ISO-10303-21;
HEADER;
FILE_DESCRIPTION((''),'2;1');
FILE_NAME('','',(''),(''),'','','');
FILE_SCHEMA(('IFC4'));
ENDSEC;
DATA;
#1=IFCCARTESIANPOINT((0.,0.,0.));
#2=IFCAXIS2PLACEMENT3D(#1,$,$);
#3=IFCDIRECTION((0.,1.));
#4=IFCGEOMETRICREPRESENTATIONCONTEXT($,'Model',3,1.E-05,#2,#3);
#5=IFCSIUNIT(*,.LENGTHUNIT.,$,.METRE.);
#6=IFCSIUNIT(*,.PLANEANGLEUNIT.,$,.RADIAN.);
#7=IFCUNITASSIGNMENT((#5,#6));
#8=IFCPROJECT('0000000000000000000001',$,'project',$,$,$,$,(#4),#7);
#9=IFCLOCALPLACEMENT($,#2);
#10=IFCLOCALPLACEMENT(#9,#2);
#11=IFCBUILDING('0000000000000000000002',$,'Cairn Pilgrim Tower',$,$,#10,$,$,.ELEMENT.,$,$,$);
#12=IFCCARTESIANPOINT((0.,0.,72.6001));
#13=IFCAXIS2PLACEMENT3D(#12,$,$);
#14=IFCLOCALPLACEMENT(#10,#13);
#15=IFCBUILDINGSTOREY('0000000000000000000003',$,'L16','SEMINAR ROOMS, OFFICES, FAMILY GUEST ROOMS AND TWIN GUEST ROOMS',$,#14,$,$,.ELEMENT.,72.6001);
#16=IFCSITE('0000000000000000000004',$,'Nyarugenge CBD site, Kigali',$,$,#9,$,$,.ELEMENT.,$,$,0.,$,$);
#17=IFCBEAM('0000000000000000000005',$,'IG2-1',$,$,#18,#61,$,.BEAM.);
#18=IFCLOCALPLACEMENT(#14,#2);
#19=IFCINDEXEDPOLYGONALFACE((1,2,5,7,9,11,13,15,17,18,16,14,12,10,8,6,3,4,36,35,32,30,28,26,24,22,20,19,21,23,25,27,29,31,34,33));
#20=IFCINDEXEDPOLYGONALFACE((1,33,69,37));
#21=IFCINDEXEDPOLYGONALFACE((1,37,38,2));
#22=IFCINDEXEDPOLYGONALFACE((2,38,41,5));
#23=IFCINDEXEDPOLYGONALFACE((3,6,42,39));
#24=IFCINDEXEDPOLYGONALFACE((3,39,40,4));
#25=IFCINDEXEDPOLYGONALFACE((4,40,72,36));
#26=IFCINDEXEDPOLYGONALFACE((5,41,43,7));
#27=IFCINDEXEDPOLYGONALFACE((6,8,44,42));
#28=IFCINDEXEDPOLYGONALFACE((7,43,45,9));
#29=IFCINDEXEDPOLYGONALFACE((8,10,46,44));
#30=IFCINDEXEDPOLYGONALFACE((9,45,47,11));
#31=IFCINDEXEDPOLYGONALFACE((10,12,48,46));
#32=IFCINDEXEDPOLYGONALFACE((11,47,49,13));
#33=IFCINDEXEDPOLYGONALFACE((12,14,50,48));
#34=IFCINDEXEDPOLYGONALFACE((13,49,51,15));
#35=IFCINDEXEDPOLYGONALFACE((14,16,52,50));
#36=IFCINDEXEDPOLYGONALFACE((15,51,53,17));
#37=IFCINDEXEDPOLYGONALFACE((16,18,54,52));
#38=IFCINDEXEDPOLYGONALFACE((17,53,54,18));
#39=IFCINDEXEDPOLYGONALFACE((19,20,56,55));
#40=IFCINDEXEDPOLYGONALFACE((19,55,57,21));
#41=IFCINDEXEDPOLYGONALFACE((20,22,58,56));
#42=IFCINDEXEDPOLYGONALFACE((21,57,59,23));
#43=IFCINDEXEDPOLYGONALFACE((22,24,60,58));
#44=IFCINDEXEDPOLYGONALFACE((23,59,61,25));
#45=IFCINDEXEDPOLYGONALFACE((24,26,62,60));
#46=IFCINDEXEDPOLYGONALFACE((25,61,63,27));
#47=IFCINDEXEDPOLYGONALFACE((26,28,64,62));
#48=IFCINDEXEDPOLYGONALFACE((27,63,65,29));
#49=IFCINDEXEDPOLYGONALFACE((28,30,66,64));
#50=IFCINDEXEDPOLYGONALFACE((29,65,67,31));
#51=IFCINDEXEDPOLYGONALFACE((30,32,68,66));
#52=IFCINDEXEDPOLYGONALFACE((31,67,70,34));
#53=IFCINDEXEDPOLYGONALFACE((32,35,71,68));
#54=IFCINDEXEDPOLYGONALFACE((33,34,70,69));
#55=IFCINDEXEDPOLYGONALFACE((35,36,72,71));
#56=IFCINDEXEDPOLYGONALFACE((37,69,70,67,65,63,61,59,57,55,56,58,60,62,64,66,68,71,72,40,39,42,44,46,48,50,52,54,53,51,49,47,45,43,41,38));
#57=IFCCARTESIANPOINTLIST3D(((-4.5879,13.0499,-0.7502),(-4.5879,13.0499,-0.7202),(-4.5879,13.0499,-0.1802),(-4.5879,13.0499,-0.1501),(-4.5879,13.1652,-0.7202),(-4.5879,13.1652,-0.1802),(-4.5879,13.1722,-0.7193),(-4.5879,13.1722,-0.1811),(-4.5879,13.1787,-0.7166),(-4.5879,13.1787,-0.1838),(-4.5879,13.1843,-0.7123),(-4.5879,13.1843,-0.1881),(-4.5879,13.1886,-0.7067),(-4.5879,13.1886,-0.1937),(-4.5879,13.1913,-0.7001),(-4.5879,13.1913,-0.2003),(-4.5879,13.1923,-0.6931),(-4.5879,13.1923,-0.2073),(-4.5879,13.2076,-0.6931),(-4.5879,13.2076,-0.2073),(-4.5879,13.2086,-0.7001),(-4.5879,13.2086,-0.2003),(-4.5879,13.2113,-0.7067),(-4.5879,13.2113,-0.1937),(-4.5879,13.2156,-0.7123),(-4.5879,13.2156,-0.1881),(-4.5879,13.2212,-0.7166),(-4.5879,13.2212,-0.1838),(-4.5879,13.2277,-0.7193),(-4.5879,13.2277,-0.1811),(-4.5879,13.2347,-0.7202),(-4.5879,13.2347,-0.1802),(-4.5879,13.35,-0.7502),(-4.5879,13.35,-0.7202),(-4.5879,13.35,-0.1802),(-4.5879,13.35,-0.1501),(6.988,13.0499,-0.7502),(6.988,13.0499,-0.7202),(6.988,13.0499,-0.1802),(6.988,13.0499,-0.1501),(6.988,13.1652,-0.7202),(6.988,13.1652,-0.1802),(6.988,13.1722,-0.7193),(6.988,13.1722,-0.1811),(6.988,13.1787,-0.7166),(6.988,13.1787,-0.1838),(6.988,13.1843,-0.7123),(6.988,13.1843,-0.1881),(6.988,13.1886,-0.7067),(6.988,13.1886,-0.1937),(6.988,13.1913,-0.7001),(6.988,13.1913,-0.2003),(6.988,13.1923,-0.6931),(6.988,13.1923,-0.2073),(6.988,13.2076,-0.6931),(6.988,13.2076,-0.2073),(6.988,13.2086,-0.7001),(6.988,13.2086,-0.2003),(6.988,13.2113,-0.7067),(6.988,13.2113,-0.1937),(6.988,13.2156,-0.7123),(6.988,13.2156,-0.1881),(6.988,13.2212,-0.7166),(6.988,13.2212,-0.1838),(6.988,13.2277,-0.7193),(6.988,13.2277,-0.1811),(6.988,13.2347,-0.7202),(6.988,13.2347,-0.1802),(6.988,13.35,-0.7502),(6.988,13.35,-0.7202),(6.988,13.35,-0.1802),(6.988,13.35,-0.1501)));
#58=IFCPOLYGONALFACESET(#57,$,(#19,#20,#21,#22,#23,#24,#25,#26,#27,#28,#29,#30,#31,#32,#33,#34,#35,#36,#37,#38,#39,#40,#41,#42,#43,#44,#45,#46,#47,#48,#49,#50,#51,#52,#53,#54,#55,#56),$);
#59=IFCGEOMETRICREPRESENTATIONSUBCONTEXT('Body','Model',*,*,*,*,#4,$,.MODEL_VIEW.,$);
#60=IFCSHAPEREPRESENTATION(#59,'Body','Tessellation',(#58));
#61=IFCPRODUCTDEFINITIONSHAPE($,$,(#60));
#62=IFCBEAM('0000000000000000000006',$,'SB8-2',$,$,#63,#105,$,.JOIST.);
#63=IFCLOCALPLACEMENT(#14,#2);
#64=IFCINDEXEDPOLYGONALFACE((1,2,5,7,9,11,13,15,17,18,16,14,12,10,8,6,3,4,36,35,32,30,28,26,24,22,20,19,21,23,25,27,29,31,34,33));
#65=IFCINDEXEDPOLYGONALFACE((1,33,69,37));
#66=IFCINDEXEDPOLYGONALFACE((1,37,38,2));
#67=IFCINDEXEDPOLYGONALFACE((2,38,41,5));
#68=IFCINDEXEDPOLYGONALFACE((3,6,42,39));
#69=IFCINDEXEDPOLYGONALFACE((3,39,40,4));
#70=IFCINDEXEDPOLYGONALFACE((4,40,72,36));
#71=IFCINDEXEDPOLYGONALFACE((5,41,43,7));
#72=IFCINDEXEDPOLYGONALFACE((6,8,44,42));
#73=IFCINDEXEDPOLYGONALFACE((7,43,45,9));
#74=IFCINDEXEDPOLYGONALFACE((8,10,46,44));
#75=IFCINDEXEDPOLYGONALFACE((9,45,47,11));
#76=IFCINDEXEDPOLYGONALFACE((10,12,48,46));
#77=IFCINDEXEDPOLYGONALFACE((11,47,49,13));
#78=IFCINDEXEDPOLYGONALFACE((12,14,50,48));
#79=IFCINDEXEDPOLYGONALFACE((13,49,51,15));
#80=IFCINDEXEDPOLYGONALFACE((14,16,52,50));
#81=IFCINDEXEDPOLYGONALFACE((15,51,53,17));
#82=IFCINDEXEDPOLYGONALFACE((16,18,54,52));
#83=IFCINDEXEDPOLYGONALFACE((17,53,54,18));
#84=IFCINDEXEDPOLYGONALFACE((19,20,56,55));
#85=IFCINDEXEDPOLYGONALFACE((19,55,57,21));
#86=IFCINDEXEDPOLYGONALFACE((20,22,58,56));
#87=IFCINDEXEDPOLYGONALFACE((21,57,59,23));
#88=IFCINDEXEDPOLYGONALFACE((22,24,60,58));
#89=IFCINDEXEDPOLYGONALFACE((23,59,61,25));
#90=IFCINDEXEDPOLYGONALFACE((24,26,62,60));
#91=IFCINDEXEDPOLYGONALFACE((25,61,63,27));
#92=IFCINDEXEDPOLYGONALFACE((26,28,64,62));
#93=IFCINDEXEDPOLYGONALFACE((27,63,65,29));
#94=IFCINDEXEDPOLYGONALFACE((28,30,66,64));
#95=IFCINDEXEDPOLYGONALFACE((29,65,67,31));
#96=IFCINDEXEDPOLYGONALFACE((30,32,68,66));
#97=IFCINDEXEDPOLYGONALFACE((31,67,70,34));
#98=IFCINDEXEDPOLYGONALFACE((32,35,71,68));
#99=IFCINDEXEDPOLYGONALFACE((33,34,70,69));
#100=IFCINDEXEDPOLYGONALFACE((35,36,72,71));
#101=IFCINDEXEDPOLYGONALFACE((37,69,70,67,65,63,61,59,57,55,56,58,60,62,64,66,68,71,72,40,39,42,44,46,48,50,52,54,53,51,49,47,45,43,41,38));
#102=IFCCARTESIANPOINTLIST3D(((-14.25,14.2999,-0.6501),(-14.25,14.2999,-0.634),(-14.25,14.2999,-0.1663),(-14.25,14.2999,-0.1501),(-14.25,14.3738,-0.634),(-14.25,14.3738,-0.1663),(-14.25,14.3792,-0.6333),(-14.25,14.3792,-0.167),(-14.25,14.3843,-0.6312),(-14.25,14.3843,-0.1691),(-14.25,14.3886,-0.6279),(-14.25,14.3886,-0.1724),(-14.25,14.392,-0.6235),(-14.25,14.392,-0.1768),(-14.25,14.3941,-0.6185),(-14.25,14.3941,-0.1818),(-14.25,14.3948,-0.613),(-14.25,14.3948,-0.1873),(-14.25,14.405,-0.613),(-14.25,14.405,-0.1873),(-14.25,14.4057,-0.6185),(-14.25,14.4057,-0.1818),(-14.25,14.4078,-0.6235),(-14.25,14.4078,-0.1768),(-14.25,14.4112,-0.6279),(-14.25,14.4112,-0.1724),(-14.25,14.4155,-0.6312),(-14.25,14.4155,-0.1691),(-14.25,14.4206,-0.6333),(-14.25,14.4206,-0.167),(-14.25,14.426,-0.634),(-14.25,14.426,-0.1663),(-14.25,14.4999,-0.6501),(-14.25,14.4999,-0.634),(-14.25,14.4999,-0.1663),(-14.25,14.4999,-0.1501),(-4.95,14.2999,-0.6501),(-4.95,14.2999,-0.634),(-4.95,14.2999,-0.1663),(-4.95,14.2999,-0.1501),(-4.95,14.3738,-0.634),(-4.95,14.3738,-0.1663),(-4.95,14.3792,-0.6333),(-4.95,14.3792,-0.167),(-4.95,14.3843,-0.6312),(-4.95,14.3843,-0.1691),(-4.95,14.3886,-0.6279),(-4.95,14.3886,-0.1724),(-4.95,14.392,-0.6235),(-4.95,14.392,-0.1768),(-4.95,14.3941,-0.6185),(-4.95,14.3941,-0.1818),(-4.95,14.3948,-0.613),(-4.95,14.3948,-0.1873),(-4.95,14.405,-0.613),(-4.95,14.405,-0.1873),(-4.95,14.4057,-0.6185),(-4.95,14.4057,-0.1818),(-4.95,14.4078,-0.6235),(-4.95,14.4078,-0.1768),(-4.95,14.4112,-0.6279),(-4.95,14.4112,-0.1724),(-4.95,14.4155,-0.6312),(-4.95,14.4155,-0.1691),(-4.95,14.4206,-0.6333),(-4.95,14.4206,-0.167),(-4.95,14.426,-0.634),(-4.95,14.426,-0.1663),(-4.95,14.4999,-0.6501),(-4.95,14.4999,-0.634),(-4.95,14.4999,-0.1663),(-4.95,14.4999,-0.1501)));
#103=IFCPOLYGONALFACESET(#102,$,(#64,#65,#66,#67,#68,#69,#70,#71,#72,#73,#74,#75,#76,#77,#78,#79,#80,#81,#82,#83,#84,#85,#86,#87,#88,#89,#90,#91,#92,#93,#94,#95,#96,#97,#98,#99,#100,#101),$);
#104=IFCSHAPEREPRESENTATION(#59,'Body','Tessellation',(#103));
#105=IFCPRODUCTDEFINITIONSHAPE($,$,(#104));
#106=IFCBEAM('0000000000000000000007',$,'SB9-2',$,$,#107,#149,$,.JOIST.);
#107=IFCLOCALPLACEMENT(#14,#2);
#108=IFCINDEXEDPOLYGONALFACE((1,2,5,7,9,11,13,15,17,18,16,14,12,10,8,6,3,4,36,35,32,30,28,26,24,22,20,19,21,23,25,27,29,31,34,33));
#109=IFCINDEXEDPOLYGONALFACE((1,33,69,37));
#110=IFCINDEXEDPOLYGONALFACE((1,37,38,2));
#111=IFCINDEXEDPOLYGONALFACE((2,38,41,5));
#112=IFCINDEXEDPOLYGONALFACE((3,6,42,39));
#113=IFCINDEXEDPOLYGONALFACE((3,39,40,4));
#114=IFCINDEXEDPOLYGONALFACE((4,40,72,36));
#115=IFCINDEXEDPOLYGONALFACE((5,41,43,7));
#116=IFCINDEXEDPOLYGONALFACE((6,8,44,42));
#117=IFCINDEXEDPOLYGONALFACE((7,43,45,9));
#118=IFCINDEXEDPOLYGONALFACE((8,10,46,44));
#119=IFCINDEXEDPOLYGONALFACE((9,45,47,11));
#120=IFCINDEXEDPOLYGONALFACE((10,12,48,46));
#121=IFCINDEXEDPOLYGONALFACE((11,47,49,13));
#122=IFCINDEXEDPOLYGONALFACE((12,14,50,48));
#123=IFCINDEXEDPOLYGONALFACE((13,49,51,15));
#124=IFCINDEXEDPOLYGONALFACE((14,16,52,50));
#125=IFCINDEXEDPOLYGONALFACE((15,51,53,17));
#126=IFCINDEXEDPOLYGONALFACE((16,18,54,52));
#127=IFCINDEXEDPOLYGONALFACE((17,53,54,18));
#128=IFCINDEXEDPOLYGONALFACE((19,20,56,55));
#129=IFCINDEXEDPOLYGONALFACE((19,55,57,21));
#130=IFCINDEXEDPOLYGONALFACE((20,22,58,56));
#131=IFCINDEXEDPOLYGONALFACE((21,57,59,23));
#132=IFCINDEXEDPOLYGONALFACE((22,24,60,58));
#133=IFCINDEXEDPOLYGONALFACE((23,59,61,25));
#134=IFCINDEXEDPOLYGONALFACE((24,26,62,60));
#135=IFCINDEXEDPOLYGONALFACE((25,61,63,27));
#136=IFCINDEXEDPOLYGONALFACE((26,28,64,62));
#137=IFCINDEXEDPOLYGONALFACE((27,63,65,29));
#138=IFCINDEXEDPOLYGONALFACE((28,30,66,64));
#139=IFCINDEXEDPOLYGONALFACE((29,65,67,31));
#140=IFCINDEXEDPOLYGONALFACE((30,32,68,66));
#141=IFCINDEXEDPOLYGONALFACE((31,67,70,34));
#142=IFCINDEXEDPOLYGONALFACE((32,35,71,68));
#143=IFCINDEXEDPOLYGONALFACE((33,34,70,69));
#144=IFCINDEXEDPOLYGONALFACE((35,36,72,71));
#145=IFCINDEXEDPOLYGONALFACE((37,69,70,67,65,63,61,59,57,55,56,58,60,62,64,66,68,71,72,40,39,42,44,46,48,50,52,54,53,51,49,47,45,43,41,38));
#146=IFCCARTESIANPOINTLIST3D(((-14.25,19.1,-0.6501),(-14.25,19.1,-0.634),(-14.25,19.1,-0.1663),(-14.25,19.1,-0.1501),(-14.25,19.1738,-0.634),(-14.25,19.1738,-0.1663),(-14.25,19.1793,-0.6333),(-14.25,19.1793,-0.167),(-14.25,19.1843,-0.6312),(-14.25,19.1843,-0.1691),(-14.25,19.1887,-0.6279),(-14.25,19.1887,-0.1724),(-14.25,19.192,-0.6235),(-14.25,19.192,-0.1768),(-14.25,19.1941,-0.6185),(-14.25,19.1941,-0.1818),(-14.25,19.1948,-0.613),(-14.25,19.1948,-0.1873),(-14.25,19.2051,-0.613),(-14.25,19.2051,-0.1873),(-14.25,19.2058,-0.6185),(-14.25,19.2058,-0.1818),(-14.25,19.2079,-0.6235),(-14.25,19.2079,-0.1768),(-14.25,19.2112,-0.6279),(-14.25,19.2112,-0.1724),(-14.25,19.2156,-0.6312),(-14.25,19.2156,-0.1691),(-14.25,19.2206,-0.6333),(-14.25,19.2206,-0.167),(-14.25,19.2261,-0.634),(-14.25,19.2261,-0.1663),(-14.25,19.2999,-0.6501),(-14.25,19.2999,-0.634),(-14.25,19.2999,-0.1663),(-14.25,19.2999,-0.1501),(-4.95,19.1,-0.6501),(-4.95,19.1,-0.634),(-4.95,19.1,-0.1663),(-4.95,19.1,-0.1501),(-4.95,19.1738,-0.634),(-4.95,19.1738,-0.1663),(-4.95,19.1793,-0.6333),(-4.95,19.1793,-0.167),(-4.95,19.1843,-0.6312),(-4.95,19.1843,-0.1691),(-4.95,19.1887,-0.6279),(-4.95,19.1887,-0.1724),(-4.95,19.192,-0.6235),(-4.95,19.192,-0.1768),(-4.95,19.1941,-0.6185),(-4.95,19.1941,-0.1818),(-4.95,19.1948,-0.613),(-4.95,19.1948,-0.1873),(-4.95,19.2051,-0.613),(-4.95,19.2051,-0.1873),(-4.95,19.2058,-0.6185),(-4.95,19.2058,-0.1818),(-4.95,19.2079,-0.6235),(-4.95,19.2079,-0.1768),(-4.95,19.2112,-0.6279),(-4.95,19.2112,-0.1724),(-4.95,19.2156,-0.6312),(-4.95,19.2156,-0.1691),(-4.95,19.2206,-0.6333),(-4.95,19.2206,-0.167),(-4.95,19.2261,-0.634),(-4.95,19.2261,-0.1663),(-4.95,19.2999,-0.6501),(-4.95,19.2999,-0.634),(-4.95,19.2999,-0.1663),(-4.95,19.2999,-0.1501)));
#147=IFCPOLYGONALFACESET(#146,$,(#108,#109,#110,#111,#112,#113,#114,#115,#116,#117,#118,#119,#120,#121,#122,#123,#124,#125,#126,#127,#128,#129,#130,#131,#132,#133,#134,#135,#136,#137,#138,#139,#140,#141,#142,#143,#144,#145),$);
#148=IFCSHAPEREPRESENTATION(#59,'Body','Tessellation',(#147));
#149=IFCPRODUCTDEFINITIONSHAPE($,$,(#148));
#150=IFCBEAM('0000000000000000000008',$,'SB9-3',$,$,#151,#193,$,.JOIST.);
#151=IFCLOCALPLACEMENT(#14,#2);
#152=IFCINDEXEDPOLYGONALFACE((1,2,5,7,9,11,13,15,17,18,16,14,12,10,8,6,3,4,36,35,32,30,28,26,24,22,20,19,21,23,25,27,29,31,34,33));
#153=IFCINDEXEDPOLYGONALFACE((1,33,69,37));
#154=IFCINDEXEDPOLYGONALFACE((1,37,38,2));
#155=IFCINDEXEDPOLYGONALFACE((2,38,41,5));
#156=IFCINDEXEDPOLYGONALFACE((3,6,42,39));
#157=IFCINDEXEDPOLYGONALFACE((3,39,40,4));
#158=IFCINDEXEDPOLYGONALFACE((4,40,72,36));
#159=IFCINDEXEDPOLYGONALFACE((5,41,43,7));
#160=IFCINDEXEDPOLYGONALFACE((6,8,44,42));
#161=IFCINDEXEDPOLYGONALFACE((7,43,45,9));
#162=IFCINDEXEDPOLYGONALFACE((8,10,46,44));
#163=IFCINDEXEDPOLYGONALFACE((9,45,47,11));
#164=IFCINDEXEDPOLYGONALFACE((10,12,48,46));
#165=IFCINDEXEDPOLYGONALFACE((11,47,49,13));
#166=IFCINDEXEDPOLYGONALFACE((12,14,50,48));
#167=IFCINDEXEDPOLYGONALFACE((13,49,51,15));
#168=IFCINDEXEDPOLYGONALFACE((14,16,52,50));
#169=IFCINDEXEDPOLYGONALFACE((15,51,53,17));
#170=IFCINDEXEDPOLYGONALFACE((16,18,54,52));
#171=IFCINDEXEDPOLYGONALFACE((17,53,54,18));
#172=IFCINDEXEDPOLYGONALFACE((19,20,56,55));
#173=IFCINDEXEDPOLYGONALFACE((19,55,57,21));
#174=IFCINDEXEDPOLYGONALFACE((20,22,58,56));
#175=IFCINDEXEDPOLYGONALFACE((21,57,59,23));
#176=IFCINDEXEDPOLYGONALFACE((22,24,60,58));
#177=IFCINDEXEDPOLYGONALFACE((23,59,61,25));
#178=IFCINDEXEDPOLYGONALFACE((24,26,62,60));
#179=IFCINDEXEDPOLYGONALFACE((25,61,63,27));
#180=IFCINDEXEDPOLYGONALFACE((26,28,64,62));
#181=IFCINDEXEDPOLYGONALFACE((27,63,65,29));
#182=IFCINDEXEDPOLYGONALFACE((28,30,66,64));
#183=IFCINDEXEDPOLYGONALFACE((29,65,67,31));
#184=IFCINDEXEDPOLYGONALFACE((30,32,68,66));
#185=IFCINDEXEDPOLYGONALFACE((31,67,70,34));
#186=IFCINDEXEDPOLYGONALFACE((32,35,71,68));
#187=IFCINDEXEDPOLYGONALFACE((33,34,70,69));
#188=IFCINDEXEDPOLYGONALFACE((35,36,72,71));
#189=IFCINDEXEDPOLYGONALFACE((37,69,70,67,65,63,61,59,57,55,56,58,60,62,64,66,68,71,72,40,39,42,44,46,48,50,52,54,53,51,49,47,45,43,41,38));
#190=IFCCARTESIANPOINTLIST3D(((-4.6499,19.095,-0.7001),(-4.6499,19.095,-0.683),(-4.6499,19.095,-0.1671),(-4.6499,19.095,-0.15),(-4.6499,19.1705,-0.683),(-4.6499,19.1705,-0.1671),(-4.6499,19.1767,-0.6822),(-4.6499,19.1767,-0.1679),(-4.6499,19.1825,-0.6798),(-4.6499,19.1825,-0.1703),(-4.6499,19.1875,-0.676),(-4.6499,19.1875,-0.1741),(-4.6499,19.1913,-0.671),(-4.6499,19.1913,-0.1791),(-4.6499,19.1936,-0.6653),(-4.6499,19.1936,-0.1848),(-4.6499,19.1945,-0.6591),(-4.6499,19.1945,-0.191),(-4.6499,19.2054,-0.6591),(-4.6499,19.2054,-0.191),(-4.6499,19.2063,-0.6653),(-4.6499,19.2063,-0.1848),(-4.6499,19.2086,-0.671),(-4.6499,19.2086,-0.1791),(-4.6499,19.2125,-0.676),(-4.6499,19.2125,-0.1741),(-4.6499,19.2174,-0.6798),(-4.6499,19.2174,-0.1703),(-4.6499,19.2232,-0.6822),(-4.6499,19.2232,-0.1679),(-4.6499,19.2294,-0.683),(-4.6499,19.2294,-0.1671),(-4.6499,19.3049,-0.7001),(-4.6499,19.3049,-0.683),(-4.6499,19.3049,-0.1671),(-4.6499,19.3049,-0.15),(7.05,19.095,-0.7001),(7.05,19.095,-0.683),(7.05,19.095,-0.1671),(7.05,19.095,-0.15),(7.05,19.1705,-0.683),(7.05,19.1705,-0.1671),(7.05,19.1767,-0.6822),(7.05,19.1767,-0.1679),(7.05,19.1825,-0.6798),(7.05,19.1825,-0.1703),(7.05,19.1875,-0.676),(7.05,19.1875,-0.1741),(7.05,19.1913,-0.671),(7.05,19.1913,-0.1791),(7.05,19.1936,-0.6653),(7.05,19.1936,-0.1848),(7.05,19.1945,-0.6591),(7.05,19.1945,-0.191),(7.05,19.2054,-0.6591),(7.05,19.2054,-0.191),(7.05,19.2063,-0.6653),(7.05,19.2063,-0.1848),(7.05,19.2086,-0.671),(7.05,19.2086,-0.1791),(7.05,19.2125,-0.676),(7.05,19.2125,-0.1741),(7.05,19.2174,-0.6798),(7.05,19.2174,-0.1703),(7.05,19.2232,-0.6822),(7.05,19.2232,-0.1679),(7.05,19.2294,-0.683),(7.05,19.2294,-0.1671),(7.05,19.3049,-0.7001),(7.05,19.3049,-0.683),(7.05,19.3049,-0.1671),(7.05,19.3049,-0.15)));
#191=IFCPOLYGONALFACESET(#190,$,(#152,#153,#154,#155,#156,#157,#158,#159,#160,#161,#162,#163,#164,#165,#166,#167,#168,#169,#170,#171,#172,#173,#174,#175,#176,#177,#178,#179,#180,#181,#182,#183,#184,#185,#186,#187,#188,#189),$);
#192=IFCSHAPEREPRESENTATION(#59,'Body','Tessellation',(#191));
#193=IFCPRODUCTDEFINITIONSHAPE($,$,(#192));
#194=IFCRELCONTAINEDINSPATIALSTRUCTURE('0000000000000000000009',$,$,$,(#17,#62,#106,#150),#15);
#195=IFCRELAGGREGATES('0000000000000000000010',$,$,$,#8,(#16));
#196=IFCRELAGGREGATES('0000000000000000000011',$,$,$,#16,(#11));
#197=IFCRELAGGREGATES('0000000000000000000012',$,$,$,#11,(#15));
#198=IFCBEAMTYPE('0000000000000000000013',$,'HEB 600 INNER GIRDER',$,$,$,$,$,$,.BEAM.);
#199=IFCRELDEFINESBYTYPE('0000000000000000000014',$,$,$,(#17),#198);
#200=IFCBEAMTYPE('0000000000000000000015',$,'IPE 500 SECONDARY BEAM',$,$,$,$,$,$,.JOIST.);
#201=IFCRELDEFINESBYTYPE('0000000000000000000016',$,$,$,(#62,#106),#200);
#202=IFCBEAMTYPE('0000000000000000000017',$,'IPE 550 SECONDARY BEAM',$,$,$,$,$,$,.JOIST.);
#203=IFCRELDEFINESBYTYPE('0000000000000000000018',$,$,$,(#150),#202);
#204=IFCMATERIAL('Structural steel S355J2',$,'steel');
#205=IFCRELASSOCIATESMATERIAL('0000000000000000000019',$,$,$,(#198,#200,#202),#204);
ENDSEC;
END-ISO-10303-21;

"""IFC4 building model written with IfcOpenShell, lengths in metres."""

from ifc_helpers import new_model, si_unit, direction, frame, origin, origin_2d, place, context, subcontext, project, spatial, i_section, extrude, material, material_profile, profile_set, type_object, element, save


model = new_model("IFC4")

# Units and contexts
model_context = context("Model", 3, precision=1e-05, world=origin(), true_north=direction((0.0, 1.0)))
body_context = subcontext(model_context, "Body", "Model", "MODEL_VIEW")
ifc_project = project(units=[si_unit("LENGTHUNIT", "METRE"), si_unit("PLANEANGLEUNIT", "RADIAN")], contexts=[model_context])

# Site, building, storey
site_placement = place(None, origin())
site = spatial("IfcSite", under=ifc_project, at=site_placement, Name="Nyarugenge CBD site, Kigali", CompositionType="ELEMENT", RefElevation=0.0)
building_placement = place(site_placement, origin())
building = spatial("IfcBuilding", under=site, at=building_placement, Name="Cairn Pilgrim Tower", CompositionType="ELEMENT")
storey_placement = place(building_placement, frame((0.0, 0.0, 72.6001)))
storey = spatial("IfcBuildingStorey", under=building, at=storey_placement, Name="L16", Description="SEMINAR ROOMS, OFFICES, FAMILY GUEST ROOMS AND TWIN GUEST ROOMS", CompositionType="ELEMENT", Elevation=72.6001)

# Beams
ifc_material_1 = material(Name="Structural steel S355J2", Category="steel")
ifc_material_profile_1 = material_profile(ifc_material_1, i_section(OverallWidth=0.3, OverallDepth=0.6001, WebThickness=0.0154, FlangeThickness=0.03, FilletRadius=0.0271, at=origin_2d()), Name="HEB 600")
ifc_profile_set_1 = profile_set([ifc_material_profile_1], Name="Structural steel S355J2")
beam_type_1 = type_object("IfcBeamType", Name="HEB 600 INNER GIRDER", PredefinedType="BEAM", material=ifc_profile_set_1)
beam_1_placement = place(storey_placement, frame((-4.5879, 13.2, -0.4502), z_axis=(1.0, 0.0, 0.0), x_axis=(0.0, 1.0, 0.0)))
element("IfcBeam", 1, at=beam_1_placement, inside=storey, type_object=beam_type_1, Name="IG2-1", PredefinedType="BEAM", context=body_context, shape_type="SweptSolid", body=[
    extrude(i_section(OverallWidth=0.3, OverallDepth=0.6001, WebThickness=0.0154, FlangeThickness=0.03, FilletRadius=0.0271, at=origin_2d()), origin(), (0.0, 0.0, 1.0), 11.5759),
])
ifc_material_profile_2 = material_profile(ifc_material_1, i_section(OverallWidth=0.2, OverallDepth=0.5, WebThickness=0.0103, FlangeThickness=0.0161, FilletRadius=0.021, at=origin_2d()), Name="IPE 500")
ifc_profile_set_2 = profile_set([ifc_material_profile_2], Name="Structural steel S355J2")
beam_type_2 = type_object("IfcBeamType", Name="IPE 500 SECONDARY BEAM", PredefinedType="JOIST", material=ifc_profile_set_2)
for number, where, z_axis, x_axis, name in (
    (2, (-14.25, 14.3999, -0.4001), (1.0, 0.0, 0.0), (0.0, 1.0, 0.0), "SB8-2"),
    (3, (-14.25, 19.2, -0.4001), (1.0, 0.0, 0.0), (0.0, 1.0, 0.0), "SB9-2"),
):
    element("IfcBeam", number, at=place(storey_placement, frame(where, z_axis=z_axis, x_axis=x_axis)), inside=storey, type_object=beam_type_2, Name=name, PredefinedType="JOIST", context=body_context, shape_type="SweptSolid", body=[
        extrude(i_section(OverallWidth=0.2, OverallDepth=0.5, WebThickness=0.0103, FlangeThickness=0.0161, FilletRadius=0.021, at=origin_2d()), origin(), (0.0, 0.0, 1.0), 9.3),
    ])
ifc_material_profile_3 = material_profile(ifc_material_1, i_section(OverallWidth=0.21, OverallDepth=0.55, WebThickness=0.011, FlangeThickness=0.0171, FilletRadius=0.0239, at=origin_2d()), Name="IPE 550")
ifc_profile_set_3 = profile_set([ifc_material_profile_3], Name="Structural steel S355J2")
beam_type_3 = type_object("IfcBeamType", Name="IPE 550 SECONDARY BEAM", PredefinedType="JOIST", material=ifc_profile_set_3)
beam_2_placement = place(storey_placement, frame((-4.6499, 19.2, -0.425), z_axis=(1.0, 0.0, 0.0), x_axis=(0.0, 1.0, 0.0)))
element("IfcBeam", 4, at=beam_2_placement, inside=storey, type_object=beam_type_3, Name="SB9-3", PredefinedType="JOIST", context=body_context, shape_type="SweptSolid", body=[
    extrude(i_section(OverallWidth=0.21, OverallDepth=0.55, WebThickness=0.011, FlangeThickness=0.0171, FilletRadius=0.0239, at=origin_2d()), origin(), (0.0, 0.0, 1.0), 11.7),
])

save(model, "model.ifc")
